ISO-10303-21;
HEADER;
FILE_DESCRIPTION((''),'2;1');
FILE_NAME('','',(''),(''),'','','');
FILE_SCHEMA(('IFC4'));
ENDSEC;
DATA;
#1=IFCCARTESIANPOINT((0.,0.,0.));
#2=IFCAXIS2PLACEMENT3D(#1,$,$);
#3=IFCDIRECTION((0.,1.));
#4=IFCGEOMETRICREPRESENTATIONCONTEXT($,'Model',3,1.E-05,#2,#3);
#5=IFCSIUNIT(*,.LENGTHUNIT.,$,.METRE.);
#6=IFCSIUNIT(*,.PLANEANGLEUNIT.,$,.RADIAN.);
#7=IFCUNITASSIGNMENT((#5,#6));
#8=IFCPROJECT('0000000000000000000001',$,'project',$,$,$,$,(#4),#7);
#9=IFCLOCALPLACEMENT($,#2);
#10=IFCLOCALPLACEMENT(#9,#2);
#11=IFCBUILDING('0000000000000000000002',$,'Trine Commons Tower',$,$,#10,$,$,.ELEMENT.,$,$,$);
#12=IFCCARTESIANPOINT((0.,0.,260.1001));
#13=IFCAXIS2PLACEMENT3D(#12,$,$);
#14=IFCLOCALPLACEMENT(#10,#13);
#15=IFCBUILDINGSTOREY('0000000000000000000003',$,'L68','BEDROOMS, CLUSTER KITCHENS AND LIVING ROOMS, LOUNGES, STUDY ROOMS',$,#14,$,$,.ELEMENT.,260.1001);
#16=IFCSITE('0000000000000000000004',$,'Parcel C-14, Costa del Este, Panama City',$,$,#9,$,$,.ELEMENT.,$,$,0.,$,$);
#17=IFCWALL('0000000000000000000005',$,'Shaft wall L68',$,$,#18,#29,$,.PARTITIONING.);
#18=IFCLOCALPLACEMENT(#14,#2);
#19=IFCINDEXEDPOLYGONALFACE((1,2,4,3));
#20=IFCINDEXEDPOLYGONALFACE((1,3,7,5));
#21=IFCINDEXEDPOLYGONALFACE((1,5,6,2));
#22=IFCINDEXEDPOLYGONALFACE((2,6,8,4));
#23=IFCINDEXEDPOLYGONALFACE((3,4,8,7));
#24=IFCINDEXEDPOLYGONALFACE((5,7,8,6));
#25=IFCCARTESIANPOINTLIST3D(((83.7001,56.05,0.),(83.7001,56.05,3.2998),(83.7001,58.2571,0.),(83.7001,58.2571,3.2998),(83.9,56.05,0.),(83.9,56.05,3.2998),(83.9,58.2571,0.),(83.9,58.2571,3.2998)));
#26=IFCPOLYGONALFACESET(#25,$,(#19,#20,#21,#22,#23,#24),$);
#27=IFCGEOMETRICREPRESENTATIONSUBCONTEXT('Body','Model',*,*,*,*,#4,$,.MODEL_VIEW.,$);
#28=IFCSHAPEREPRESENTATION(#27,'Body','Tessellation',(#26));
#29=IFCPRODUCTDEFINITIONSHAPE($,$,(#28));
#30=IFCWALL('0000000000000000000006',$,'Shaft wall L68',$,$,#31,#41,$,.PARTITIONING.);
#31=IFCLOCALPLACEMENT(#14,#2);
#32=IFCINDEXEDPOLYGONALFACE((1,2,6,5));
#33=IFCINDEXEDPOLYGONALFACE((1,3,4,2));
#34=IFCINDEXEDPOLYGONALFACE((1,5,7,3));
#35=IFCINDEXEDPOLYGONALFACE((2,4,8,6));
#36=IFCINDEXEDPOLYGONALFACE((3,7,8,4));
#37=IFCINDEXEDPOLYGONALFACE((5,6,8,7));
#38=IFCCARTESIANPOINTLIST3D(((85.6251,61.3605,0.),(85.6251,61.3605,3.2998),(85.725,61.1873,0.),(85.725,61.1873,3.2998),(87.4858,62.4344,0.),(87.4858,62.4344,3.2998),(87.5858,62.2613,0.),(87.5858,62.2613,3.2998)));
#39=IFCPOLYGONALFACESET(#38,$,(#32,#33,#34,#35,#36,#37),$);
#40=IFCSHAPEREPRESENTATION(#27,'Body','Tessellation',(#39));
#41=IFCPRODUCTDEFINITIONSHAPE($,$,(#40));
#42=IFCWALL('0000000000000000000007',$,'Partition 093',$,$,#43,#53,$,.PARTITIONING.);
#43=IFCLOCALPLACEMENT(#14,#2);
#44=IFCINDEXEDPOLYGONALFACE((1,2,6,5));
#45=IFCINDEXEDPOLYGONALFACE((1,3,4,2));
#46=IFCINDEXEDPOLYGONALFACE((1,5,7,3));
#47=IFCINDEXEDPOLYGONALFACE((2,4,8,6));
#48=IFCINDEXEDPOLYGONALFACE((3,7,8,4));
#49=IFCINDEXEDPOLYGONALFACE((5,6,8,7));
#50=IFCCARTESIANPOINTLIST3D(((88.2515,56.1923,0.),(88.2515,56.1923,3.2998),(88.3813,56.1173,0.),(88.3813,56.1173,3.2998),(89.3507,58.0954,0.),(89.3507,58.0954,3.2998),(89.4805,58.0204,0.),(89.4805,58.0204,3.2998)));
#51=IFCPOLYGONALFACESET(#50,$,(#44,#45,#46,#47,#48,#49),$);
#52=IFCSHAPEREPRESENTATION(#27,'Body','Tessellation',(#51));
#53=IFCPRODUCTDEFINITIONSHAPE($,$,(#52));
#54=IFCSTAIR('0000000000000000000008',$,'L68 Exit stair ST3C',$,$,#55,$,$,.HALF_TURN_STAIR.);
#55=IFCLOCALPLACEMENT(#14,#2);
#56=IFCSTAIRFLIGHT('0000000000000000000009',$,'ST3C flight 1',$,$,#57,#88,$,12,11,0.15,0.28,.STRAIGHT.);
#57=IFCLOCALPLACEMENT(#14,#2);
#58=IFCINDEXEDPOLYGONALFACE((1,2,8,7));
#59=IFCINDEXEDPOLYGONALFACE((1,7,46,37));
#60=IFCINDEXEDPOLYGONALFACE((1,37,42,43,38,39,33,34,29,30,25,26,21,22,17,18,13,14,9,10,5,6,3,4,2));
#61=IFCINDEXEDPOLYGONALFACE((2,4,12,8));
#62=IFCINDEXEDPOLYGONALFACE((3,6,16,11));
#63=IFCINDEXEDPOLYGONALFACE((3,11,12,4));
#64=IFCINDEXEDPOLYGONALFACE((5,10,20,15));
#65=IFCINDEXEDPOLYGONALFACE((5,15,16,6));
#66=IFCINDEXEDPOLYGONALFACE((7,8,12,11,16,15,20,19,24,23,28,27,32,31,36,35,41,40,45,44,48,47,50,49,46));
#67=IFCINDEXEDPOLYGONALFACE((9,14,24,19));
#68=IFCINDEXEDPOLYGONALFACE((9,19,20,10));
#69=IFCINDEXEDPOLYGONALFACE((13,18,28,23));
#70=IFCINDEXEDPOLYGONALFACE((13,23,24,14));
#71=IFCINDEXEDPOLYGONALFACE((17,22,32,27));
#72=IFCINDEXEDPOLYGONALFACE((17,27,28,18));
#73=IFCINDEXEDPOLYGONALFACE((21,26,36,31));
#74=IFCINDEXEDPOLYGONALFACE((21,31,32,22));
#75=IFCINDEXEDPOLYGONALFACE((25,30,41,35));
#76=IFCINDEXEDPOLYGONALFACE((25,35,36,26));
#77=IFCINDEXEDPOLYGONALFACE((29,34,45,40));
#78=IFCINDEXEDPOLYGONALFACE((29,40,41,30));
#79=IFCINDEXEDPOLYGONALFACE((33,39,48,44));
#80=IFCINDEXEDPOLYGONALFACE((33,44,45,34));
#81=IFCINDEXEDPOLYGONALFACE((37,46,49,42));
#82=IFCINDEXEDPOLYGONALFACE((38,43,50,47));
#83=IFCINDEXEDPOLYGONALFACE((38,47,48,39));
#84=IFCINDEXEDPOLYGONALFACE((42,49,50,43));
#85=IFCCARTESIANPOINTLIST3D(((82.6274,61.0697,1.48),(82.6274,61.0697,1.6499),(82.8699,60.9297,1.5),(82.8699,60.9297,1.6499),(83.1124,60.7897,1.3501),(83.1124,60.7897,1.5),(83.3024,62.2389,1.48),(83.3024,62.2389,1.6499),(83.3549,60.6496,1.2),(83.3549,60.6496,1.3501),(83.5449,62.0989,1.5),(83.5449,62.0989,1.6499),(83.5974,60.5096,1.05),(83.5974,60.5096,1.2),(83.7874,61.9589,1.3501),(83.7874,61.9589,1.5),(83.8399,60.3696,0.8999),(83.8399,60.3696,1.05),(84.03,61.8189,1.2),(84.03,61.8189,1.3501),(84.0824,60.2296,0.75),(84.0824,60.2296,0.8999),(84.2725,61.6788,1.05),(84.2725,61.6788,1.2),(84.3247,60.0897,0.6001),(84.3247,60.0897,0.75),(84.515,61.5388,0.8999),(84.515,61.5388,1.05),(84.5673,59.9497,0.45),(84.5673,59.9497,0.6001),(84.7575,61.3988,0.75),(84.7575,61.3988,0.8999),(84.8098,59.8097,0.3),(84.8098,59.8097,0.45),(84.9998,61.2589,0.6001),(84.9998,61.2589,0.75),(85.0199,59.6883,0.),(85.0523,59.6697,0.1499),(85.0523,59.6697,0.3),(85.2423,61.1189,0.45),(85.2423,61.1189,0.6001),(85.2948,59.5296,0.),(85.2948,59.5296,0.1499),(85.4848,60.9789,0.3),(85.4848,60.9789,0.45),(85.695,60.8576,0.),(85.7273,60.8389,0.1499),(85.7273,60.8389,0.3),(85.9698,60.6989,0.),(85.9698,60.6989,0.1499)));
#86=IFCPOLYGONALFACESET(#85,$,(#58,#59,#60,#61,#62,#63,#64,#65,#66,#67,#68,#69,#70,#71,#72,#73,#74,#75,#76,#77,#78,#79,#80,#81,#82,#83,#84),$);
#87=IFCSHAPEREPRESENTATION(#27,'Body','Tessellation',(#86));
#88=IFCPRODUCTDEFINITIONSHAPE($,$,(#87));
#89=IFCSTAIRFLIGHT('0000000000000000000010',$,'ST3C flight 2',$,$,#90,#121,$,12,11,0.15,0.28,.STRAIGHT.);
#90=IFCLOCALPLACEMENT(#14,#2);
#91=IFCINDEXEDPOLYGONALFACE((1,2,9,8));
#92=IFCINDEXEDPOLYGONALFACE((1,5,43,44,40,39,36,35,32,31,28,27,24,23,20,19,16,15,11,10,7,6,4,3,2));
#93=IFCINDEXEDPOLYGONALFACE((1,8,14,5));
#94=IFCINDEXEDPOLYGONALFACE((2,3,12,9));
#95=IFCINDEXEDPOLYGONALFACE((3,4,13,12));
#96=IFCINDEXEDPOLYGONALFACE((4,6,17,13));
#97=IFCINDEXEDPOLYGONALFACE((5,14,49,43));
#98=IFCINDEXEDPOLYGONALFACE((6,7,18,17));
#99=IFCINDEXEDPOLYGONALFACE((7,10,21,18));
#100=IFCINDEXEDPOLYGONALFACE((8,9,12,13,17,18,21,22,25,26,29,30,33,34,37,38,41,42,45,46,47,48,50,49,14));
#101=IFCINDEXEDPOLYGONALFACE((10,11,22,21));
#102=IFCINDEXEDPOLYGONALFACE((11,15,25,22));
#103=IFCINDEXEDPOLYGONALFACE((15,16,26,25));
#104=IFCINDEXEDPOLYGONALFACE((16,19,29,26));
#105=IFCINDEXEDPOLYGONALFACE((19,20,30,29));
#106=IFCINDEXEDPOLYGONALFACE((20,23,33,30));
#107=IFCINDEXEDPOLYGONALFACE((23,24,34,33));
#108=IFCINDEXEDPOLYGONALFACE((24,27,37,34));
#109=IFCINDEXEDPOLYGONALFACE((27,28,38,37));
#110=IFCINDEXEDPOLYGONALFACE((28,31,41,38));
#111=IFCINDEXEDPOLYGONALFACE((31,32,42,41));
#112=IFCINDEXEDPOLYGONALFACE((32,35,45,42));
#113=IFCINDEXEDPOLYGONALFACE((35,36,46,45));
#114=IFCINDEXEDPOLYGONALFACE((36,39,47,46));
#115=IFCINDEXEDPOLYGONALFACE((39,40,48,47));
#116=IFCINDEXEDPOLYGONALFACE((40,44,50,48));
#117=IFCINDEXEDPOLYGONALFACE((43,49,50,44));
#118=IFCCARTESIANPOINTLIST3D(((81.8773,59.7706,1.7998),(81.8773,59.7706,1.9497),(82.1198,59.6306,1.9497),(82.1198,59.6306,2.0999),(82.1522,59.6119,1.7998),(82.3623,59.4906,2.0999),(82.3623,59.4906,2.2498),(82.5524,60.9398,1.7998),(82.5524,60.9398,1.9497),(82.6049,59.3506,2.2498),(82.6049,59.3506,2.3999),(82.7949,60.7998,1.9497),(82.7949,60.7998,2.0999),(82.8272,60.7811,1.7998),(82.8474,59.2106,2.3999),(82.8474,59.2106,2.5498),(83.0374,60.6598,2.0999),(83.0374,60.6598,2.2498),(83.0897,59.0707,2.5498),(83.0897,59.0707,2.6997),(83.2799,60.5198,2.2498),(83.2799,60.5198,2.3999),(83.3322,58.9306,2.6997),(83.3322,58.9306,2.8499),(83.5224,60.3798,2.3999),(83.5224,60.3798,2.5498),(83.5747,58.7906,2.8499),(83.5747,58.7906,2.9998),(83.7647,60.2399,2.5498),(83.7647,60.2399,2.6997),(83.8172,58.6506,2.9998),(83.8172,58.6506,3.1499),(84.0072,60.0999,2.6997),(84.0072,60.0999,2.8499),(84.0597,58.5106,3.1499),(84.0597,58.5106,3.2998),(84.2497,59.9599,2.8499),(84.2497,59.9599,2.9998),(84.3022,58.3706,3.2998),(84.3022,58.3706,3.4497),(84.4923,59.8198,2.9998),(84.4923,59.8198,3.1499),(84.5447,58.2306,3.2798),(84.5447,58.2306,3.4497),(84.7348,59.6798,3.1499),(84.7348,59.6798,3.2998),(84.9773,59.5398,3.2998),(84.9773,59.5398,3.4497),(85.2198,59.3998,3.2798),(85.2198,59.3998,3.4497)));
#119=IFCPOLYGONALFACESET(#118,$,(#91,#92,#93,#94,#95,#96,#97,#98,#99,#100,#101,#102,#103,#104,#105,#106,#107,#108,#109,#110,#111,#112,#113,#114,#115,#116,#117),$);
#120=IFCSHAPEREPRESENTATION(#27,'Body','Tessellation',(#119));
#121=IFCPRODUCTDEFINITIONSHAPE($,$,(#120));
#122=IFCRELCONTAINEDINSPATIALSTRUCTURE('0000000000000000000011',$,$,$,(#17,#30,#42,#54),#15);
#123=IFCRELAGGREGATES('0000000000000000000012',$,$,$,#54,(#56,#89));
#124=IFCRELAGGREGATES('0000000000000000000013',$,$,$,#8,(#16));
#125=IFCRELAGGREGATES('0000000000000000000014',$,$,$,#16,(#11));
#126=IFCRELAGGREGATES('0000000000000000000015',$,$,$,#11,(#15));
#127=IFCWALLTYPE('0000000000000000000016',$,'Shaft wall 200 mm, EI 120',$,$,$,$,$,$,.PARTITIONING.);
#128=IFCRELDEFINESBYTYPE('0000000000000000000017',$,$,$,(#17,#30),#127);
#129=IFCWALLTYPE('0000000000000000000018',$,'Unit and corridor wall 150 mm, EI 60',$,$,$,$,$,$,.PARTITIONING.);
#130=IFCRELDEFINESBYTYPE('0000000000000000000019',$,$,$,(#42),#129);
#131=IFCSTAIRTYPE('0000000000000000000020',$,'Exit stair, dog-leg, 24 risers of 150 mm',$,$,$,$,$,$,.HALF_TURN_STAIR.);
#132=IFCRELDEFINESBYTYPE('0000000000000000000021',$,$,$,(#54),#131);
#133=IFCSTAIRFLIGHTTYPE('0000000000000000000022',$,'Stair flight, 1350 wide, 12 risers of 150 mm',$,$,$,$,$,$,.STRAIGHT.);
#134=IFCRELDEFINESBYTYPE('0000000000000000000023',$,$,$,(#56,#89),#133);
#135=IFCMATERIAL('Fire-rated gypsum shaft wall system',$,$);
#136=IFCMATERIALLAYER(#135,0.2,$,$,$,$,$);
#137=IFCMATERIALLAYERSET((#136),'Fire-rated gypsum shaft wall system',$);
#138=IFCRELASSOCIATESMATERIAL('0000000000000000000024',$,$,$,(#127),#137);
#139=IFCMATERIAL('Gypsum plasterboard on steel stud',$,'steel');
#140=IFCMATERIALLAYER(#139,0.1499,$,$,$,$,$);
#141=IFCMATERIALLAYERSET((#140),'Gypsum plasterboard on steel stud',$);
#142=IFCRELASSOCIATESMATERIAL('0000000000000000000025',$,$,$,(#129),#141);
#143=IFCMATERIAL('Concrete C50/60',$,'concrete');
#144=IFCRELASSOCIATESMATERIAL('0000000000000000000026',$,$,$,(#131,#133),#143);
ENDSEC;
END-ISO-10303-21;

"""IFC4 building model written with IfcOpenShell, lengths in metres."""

from ifc_helpers import new_model, si_unit, direction, frame, frame_2d, origin, place, context, subcontext, project, spatial, polyline, rectangle, outline, extrude, material, layer, layer_set, type_object, element, aggregate, save


model = new_model("IFC4")

# Units and contexts
model_context = context("Model", 3, precision=1e-05, world=origin(), true_north=direction((0.0, 1.0)))
body_context = subcontext(model_context, "Body", "Model", "MODEL_VIEW")
ifc_project = project(units=[si_unit("LENGTHUNIT", "METRE"), si_unit("PLANEANGLEUNIT", "RADIAN")], contexts=[model_context])

# Site, building, storey
site_placement = place(None, origin())
site = spatial("IfcSite", under=ifc_project, at=site_placement, Name="Parcel C-14, Costa del Este, Panama City", CompositionType="ELEMENT", RefElevation=0.0)
building_placement = place(site_placement, origin())
building = spatial("IfcBuilding", under=site, at=building_placement, Name="Trine Commons Tower", CompositionType="ELEMENT")
storey_placement = place(building_placement, frame((0.0, 0.0, 260.1001)))
storey = spatial("IfcBuildingStorey", under=building, at=storey_placement, Name="L68", Description="BEDROOMS, CLUSTER KITCHENS AND LIVING ROOMS, LOUNGES, STUDY ROOMS", CompositionType="ELEMENT", Elevation=260.1001)

# Shared definitions
ifc_material_1 = material(Name="Concrete C50/60", Category="concrete")

# Walls
ifc_material_2 = material(Name="Fire-rated gypsum shaft wall system")
ifc_layer_1 = layer(ifc_material_2, 0.2)
ifc_layer_set_1 = layer_set([ifc_layer_1], Name="Fire-rated gypsum shaft wall system")
wall_type_1 = type_object("IfcWallType", Name="Shaft wall 200 mm, EI 120", PredefinedType="PARTITIONING", material=ifc_layer_set_1)
wall_1_placement = place(storey_placement, frame((83.8, 58.2571, 0.0), z_axis=(0.0, 0.0, 1.0), x_axis=(0.0, -1.0, 0.0)))
element("IfcWall", 1, at=wall_1_placement, inside=storey, type_object=wall_type_1, Name="Shaft wall L68", PredefinedType="PARTITIONING", context=body_context, shape_type="SweptSolid", body=[
    extrude(rectangle(XDim=2.207, YDim=0.2, at=frame_2d((1.1035, 0.0))), origin(), (0.0, 0.0, 1.0), 3.2998),
])
wall_2_placement = place(storey_placement, frame((85.675, 61.2739, 0.0), z_axis=(0.0, 0.0, 1.0), x_axis=(0.866102, 0.499867, 0.0)))
element("IfcWall", 2, at=wall_2_placement, inside=storey, type_object=wall_type_1, Name="Shaft wall L68", PredefinedType="PARTITIONING", context=body_context, shape_type="SweptSolid", body=[
    extrude(rectangle(XDim=2.1484, YDim=0.2, at=frame_2d((1.0742, 0.0))), origin(), (0.0, 0.0, 1.0), 3.2998),
])
ifc_material_3 = material(Name="Gypsum plasterboard on steel stud", Category="steel")
ifc_layer_2 = layer(ifc_material_3, 0.1499)
ifc_layer_set_2 = layer_set([ifc_layer_2], Name="Gypsum plasterboard on steel stud")
wall_type_2 = type_object("IfcWallType", Name="Unit and corridor wall 150 mm, EI 60", PredefinedType="PARTITIONING", material=ifc_layer_set_2)
wall_3_placement = place(storey_placement, frame((88.3164, 56.1548, 0.0), z_axis=(0.0, 0.0, 1.0), x_axis=(0.50013, 0.865951, 0.0)))
element("IfcWall", 3, at=wall_3_placement, inside=storey, type_object=wall_type_2, Name="Partition 093", PredefinedType="PARTITIONING", context=body_context, shape_type="SweptSolid", body=[
    extrude(rectangle(XDim=2.1978, YDim=0.1499, at=frame_2d((1.0989, 0.0))), origin(), (0.0, 0.0, 1.0), 3.2998),
])

# Stair, stair flights
stair_type = type_object("IfcStairType", Name="Exit stair, dog-leg, 24 risers of 150 mm", PredefinedType="HALF_TURN_STAIR", material=ifc_material_1)
stair_placement = place(storey_placement, origin())
stair = element("IfcStair", 4, at=stair_placement, inside=storey, type_object=stair_type, Name="L68 Exit stair ST3C", PredefinedType="HALF_TURN_STAIR")
stair_flight_type = type_object("IfcStairFlightType", Name="Stair flight, 1350 wide, 12 risers of 150 mm", PredefinedType="STRAIGHT", material=ifc_material_1)
stair_flight_1_placement = place(storey_placement, frame((85.6323, 60.1143, 0.0), z_axis=(0.0, 0.0, 1.0), x_axis=(-0.866025, 0.5, 0.0)))
stair_flight_1 = element("IfcStairFlight", 5, at=stair_flight_1_placement, type_object=stair_flight_type, Name="ST3C flight 1", NumberOfRisers=12, NumberOfTreads=11, PredefinedType="STRAIGHT", RiserHeight=0.15, TreadLength=0.28, context=body_context, shape_type="SweptSolid", body=[
    extrude(outline(polyline([(0.0, 0.0), (0.0, 0.1499), (0.28, 0.1499), (0.28, 0.3), (0.5601, 0.3), (0.5601, 0.45), (0.8401, 0.45), (0.8401, 0.6001), (1.1201, 0.6001), (1.1201, 0.75), (1.3999, 0.75), (1.3999, 0.8999), (1.6799, 0.8999), (1.6799, 1.05), (1.96, 1.05), (1.96, 1.2), (2.24, 1.2), (2.24, 1.3501), (2.52, 1.3501), (2.52, 1.5), (2.8, 1.5), (2.8, 1.6499), (3.0801, 1.6499), (3.0801, 1.8), (3.0801, 1.48), (0.3174, 0.0), (0.0, 0.0)])), frame((0.0, 0.675, 0.0), z_axis=(0.0, -1.0, 0.0), x_axis=(1.0, 0.0, 0.0)), (0.0, 0.0, 1.0), 1.3501),
])
stair_flight_2_placement = place(storey_placement, frame((82.2148, 60.3552, 1.7998), z_axis=(0.0, 0.0, 1.0), x_axis=(0.866025, -0.5, 0.0)))
stair_flight_2 = element("IfcStairFlight", 6, at=stair_flight_2_placement, type_object=stair_flight_type, Name="ST3C flight 2", NumberOfRisers=12, NumberOfTreads=11, PredefinedType="STRAIGHT", RiserHeight=0.15, TreadLength=0.28, context=body_context, shape_type="SweptSolid", body=[
    extrude(outline(polyline([(0.0, 0.0), (0.0, 0.1499), (0.28, 0.1499), (0.28, 0.3), (0.5601, 0.3), (0.5601, 0.45), (0.8401, 0.45), (0.8401, 0.6001), (1.1201, 0.6001), (1.1201, 0.75), (1.3999, 0.75), (1.3999, 0.8999), (1.6799, 0.8999), (1.6799, 1.05), (1.96, 1.05), (1.96, 1.2), (2.24, 1.2), (2.24, 1.3501), (2.52, 1.3501), (2.52, 1.5), (2.8, 1.5), (2.8, 1.6499), (3.0801, 1.6499), (3.0801, 1.8), (3.0801, 1.48), (0.3174, 0.0), (0.0, 0.0)])), frame((0.0, 0.675, 0.0), z_axis=(0.0, -1.0, 0.0), x_axis=(1.0, 0.0, 0.0)), (0.0, 0.0, 1.0), 1.3501),
])
aggregate(stair, [stair_flight_1, stair_flight_2])

save(model, "model.ifc")
